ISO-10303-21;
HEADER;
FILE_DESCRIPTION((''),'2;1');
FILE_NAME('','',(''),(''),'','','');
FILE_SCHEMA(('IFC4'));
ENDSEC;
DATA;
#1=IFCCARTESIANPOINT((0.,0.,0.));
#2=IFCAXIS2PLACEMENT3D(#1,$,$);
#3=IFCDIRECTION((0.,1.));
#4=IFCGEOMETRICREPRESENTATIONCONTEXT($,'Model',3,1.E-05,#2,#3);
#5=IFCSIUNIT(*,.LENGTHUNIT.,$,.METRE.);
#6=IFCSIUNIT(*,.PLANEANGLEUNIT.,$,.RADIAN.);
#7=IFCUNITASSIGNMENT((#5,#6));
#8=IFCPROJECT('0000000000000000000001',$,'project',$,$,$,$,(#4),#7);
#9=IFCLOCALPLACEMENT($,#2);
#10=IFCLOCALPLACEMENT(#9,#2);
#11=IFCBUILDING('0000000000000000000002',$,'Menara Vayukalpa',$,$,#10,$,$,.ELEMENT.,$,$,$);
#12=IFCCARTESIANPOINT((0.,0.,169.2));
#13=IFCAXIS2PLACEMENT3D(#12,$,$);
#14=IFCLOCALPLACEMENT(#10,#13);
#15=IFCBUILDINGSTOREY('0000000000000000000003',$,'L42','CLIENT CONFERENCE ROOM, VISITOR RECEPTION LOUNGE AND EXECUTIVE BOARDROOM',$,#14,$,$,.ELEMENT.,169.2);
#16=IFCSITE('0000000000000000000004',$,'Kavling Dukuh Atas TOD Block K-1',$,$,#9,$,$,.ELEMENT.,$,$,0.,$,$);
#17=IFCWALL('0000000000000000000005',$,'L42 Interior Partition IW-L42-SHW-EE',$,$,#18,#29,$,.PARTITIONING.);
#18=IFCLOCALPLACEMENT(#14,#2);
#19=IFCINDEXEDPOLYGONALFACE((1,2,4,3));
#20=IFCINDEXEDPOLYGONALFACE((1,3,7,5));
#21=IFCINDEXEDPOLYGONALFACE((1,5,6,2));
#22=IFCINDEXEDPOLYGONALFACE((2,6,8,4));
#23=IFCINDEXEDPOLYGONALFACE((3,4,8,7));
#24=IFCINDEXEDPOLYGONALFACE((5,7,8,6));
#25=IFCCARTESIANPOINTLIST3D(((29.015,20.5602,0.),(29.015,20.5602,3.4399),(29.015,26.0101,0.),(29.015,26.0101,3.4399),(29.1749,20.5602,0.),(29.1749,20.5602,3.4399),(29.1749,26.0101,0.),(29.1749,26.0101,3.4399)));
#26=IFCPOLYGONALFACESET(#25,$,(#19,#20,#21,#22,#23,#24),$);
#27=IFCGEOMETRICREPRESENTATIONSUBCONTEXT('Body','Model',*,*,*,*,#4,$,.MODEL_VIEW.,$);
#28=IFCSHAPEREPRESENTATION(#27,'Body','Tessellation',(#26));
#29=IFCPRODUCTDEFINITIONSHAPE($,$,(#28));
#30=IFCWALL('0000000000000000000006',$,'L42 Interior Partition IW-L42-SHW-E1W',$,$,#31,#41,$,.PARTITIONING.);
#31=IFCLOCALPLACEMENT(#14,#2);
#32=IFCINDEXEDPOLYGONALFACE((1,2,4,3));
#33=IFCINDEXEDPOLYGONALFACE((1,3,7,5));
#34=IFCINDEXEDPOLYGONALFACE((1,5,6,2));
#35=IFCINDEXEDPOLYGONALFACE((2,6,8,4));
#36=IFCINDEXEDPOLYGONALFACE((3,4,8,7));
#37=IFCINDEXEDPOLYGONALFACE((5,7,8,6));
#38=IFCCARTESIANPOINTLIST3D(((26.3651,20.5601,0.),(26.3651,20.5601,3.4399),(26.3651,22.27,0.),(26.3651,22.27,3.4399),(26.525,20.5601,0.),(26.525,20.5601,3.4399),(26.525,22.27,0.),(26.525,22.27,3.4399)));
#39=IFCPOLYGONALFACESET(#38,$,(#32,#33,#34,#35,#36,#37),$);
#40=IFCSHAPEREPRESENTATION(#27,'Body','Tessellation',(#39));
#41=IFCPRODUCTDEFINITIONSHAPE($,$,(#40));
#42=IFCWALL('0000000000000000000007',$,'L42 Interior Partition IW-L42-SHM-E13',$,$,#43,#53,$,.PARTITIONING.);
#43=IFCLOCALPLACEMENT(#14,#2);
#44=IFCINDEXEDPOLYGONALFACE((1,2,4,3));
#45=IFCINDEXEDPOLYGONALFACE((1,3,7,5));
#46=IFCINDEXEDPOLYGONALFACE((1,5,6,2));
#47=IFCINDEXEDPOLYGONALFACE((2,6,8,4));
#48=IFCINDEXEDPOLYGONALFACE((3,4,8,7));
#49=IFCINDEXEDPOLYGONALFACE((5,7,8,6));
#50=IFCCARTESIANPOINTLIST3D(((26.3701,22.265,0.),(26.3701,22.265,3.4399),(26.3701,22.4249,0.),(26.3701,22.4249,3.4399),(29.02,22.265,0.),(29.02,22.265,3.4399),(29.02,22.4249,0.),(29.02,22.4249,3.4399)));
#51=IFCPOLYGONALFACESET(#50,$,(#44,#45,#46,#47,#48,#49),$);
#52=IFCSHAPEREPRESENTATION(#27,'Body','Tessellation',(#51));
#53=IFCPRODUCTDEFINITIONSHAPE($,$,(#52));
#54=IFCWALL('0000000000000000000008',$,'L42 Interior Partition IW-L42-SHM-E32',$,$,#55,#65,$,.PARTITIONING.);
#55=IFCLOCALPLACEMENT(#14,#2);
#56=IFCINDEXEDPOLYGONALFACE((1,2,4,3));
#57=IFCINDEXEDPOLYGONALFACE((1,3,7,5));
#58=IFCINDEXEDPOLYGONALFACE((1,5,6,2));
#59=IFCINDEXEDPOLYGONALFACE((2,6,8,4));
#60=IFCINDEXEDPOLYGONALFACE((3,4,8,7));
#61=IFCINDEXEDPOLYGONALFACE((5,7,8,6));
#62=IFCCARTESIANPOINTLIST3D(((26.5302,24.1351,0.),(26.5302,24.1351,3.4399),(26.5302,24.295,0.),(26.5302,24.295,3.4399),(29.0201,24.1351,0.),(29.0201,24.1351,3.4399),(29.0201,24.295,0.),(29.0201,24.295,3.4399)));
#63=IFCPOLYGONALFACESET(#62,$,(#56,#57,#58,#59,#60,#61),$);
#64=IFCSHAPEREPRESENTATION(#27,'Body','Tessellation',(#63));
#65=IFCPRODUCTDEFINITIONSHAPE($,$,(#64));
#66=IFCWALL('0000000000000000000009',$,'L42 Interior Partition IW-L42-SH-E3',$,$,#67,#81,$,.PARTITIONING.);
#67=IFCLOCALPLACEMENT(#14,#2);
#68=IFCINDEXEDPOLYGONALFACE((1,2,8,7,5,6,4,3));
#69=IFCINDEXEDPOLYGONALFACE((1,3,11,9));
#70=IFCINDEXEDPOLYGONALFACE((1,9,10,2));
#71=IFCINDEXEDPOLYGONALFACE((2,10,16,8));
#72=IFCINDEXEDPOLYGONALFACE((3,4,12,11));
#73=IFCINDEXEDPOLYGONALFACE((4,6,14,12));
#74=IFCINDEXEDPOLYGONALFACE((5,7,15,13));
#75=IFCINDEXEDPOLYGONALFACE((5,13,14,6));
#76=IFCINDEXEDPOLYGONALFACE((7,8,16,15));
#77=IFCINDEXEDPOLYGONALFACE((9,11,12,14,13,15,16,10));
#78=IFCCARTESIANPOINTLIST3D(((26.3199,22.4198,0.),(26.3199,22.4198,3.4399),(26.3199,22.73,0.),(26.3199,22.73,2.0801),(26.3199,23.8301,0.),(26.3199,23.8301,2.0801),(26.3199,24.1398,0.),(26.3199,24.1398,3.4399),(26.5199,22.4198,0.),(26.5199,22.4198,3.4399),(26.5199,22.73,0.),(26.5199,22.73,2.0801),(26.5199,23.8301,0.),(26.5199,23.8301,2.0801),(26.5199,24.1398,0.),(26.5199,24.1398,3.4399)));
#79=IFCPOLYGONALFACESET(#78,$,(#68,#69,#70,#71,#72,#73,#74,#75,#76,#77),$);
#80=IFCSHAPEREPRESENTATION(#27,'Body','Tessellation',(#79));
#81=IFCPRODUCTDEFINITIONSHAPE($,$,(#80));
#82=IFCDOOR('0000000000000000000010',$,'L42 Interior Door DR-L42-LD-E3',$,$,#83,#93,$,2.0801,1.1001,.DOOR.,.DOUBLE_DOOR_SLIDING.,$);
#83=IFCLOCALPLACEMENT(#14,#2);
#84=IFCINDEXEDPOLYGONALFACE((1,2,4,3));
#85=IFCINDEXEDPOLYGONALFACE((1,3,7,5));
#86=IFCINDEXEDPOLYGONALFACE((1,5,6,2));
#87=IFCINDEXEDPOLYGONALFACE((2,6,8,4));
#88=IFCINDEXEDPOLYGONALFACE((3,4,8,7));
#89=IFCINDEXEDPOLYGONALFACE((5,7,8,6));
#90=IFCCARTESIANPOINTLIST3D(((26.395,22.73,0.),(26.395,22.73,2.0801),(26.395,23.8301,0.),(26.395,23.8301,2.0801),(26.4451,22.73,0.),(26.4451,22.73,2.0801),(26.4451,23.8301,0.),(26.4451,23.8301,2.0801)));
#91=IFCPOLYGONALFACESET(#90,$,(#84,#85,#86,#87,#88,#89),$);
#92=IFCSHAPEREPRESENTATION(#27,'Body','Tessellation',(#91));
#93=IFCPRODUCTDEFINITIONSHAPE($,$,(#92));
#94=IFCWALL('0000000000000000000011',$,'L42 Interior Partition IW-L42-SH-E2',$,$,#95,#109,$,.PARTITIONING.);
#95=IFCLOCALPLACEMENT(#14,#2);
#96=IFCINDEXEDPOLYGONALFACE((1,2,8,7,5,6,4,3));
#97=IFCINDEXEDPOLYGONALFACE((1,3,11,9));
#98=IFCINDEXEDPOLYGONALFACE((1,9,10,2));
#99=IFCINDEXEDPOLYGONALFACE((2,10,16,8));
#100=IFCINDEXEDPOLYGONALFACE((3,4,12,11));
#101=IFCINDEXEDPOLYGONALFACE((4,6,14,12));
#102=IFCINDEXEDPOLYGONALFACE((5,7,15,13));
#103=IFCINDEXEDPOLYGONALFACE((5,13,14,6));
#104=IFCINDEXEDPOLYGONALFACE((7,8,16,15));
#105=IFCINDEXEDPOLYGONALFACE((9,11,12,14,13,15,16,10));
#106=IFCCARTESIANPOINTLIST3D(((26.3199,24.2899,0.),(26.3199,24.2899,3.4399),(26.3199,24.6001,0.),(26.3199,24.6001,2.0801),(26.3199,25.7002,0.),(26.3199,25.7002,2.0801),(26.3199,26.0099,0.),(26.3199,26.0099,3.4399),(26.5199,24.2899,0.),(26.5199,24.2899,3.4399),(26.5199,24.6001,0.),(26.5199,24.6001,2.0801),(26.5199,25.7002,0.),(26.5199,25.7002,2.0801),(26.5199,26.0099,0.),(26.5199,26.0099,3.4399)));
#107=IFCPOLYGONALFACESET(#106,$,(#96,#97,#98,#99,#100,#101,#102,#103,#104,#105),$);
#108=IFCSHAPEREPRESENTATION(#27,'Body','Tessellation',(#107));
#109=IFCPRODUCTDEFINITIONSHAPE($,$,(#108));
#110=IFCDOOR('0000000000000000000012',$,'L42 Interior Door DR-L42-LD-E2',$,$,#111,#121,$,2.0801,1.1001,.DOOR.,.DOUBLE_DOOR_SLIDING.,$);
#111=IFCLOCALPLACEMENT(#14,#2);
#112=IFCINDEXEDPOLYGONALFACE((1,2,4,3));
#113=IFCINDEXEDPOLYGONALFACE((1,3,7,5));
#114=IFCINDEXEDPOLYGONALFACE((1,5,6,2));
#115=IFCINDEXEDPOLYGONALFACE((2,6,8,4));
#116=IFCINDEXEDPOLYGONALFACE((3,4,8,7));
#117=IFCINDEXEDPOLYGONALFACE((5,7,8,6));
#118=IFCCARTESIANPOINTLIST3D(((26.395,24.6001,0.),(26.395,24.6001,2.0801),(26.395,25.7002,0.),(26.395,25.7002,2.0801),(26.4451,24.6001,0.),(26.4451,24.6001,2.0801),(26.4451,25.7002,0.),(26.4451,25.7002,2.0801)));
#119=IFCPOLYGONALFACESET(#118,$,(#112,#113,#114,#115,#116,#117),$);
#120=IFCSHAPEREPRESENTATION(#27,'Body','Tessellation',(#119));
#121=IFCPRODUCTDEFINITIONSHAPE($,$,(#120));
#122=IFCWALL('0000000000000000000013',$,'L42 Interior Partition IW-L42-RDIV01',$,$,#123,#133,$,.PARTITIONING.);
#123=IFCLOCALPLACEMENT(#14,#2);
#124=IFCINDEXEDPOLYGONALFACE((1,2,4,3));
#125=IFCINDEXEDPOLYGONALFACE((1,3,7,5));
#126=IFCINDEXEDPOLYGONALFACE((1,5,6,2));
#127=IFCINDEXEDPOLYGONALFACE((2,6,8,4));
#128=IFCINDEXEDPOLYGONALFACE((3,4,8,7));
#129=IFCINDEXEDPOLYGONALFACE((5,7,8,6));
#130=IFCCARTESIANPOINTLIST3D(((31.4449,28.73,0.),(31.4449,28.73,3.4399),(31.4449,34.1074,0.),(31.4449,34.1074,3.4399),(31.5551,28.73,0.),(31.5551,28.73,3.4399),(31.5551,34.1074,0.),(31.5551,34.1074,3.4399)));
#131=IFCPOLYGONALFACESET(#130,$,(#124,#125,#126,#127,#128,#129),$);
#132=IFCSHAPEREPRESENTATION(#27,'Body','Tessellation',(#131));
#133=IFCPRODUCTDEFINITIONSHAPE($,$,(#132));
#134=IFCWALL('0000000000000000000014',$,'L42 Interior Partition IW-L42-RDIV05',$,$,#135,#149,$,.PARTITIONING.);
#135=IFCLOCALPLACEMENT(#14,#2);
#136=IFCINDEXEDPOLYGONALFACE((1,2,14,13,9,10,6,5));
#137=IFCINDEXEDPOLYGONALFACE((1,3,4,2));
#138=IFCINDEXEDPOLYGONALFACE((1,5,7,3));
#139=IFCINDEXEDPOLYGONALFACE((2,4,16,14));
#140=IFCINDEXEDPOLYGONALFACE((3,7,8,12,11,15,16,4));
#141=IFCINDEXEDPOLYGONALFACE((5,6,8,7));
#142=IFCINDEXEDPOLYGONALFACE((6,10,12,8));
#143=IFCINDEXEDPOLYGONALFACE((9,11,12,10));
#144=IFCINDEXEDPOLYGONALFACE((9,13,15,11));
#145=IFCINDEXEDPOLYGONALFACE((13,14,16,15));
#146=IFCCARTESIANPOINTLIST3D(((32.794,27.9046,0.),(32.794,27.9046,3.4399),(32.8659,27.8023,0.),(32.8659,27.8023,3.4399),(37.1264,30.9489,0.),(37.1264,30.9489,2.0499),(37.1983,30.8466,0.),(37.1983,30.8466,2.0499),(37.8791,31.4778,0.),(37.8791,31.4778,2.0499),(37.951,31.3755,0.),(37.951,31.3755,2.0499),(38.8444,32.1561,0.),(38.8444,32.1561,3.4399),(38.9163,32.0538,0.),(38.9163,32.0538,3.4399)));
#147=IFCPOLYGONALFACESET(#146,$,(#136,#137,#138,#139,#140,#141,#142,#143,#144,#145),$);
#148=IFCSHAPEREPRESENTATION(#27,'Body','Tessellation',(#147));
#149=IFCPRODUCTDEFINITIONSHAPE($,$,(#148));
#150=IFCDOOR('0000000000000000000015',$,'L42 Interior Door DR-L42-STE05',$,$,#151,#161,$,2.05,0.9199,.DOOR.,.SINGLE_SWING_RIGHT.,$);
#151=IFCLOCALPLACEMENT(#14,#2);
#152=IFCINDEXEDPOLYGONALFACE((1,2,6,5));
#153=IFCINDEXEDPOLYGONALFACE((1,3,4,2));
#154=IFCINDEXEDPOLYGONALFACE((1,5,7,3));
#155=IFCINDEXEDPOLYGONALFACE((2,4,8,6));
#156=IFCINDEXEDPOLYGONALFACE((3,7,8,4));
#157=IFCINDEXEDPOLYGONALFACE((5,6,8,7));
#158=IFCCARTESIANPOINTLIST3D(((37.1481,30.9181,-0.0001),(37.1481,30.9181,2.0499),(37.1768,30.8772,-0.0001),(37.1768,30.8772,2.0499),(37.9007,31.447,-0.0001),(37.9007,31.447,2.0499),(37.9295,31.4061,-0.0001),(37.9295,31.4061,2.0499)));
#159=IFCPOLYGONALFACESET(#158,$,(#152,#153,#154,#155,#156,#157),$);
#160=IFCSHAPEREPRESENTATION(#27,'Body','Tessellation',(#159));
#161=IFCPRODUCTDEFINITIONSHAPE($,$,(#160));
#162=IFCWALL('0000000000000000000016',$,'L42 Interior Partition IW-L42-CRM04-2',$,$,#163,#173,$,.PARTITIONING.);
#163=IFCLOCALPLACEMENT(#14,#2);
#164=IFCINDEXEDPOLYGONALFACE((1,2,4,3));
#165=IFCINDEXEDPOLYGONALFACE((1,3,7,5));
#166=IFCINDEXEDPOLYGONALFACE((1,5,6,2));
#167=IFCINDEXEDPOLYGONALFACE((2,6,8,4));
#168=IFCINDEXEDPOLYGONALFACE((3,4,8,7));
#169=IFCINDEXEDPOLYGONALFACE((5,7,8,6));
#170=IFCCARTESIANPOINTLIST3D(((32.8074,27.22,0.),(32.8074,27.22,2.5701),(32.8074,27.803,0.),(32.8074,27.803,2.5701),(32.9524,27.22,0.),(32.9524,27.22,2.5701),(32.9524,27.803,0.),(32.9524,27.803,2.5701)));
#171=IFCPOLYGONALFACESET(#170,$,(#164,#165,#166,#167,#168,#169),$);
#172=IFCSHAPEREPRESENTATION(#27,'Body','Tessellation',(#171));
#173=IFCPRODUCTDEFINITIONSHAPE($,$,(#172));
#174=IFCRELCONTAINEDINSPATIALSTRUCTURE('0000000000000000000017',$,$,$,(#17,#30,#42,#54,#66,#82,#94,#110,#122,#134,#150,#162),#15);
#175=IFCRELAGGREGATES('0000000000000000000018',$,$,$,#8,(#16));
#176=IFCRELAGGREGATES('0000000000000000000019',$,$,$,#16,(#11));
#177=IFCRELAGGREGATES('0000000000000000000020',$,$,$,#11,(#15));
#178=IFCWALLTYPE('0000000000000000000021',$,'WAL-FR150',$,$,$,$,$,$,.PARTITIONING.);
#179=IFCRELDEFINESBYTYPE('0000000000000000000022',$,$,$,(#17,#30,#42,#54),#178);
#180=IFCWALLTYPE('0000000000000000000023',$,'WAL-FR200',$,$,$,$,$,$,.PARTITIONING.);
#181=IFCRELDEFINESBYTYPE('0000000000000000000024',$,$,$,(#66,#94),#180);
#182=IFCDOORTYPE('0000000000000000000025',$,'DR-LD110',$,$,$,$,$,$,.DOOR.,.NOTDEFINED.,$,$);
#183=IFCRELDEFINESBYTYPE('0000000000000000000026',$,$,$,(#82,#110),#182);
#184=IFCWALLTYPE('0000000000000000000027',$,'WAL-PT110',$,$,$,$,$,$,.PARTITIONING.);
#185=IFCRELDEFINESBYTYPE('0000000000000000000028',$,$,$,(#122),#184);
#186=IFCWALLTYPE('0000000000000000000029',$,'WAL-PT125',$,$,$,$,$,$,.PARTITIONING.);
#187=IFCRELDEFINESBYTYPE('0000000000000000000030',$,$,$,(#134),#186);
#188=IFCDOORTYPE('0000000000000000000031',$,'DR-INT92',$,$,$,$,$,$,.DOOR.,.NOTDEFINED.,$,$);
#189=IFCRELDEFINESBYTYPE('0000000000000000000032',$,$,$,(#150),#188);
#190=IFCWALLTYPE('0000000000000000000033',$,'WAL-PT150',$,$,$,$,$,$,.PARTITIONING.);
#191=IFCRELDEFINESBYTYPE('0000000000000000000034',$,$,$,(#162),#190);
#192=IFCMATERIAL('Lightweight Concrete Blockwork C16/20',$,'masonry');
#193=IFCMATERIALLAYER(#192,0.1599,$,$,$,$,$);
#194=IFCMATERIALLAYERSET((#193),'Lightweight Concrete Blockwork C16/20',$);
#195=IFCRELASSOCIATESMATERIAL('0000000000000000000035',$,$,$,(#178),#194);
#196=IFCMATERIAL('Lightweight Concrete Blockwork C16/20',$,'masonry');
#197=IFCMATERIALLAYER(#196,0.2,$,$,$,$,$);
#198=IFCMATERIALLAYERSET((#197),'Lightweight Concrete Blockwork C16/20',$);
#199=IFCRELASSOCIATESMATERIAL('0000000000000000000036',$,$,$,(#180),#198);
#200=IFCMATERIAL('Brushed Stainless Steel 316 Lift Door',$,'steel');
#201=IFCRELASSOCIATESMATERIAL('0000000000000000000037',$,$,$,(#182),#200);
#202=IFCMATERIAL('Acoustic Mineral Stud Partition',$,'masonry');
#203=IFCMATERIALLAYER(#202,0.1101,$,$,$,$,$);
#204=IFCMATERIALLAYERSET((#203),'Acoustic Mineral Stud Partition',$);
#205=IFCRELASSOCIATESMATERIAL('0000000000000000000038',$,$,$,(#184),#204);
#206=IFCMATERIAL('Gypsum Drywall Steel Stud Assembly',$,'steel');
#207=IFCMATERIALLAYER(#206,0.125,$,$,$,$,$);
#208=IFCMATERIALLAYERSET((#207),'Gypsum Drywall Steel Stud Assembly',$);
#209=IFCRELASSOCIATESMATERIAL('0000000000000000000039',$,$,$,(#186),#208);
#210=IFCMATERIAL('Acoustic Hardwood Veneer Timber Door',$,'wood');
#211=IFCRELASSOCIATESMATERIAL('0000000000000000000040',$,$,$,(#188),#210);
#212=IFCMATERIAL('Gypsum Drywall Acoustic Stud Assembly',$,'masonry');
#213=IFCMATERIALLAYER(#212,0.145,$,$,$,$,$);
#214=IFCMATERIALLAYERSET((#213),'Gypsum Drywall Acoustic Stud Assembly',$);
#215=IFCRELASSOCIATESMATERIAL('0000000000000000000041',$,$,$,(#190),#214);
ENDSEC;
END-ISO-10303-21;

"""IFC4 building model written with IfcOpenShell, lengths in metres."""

from ifc_helpers import new_model, si_unit, direction, frame, frame_2d, origin, place, context, subcontext, project, spatial, rectangle, extrude, material, layer, layer_set, type_object, element, fill, save


model = new_model("IFC4")

# Units and contexts
model_context = context("Model", 3, precision=1e-05, world=origin(), true_north=direction((0.0, 1.0)))
body_context = subcontext(model_context, "Body", "Model", "MODEL_VIEW")
ifc_project = project(units=[si_unit("LENGTHUNIT", "METRE"), si_unit("PLANEANGLEUNIT", "RADIAN")], contexts=[model_context])

# Site, building, storey
site_placement = place(None, origin())
site = spatial("IfcSite", under=ifc_project, at=site_placement, Name="Kavling Dukuh Atas TOD Block K-1", CompositionType="ELEMENT", RefElevation=0.0)
building_placement = place(site_placement, origin())
building = spatial("IfcBuilding", under=site, at=building_placement, Name="Menara Vayukalpa", CompositionType="ELEMENT")
storey_placement = place(building_placement, frame((0.0, 0.0, 169.2)))
storey = spatial("IfcBuildingStorey", under=building, at=storey_placement, Name="L42", Description="CLIENT CONFERENCE ROOM, VISITOR RECEPTION LOUNGE AND EXECUTIVE BOARDROOM", CompositionType="ELEMENT", Elevation=169.2)

# Walls
ifc_material_1 = material(Name="Lightweight Concrete Blockwork C16/20", Category="masonry")
ifc_layer_1 = layer(ifc_material_1, 0.1599)
ifc_layer_set_1 = layer_set([ifc_layer_1], Name="Lightweight Concrete Blockwork C16/20")
wall_type_1 = type_object("IfcWallType", Name="WAL-FR150", PredefinedType="PARTITIONING", material=ifc_layer_set_1)
wall_1_placement = place(storey_placement, frame((29.095, 20.5601, 0.0), z_axis=(0.0, 0.0, 1.0), x_axis=(0.0, 1.0, 0.0)))
element("IfcWall", 1, at=wall_1_placement, inside=storey, type_object=wall_type_1, Name="L42 Interior Partition IW-L42-SHW-EE", PredefinedType="PARTITIONING", context=body_context, shape_type="SweptSolid", body=[
    extrude(rectangle(XDim=5.45, YDim=0.1599, at=frame_2d((2.7251, 0.0))), origin(), (0.0, 0.0, 1.0), 3.4399),
])
wall_2_placement = place(storey_placement, frame((26.4451, 20.5601, 0.0), z_axis=(0.0, 0.0, 1.0), x_axis=(0.0, 1.0, 0.0)))
element("IfcWall", 2, at=wall_2_placement, inside=storey, type_object=wall_type_1, Name="L42 Interior Partition IW-L42-SHW-E1W", PredefinedType="PARTITIONING", context=body_context, shape_type="SweptSolid", body=[
    extrude(rectangle(XDim=1.71, YDim=0.1599, at=frame_2d((0.855, 0.0))), origin(), (0.0, 0.0, 1.0), 3.4399),
])
wall_3_placement = place(storey_placement, frame((26.3701, 22.345, 0.0), z_axis=(0.0, 0.0, 1.0), x_axis=(1.0, 0.0, 0.0)))
element("IfcWall", 3, at=wall_3_placement, inside=storey, type_object=wall_type_1, Name="L42 Interior Partition IW-L42-SHM-E13", PredefinedType="PARTITIONING", context=body_context, shape_type="SweptSolid", body=[
    extrude(rectangle(XDim=2.6499, YDim=0.1599, at=frame_2d((1.325, 0.0))), origin(), (0.0, 0.0, 1.0), 3.4399),
])
wall_4_placement = place(storey_placement, frame((26.53, 24.2151, 0.0), z_axis=(0.0, 0.0, 1.0), x_axis=(1.0, 0.0, 0.0)))
element("IfcWall", 4, at=wall_4_placement, inside=storey, type_object=wall_type_1, Name="L42 Interior Partition IW-L42-SHM-E32", PredefinedType="PARTITIONING", context=body_context, shape_type="SweptSolid", body=[
    extrude(rectangle(XDim=2.49, YDim=0.1599, at=frame_2d((1.2451, 0.0))), origin(), (0.0, 0.0, 1.0), 3.4399),
])

# Walls, openings, doors
ifc_material_2 = material(Name="Lightweight Concrete Blockwork C16/20", Category="masonry")
ifc_layer_2 = layer(ifc_material_2, 0.2)
ifc_layer_set_2 = layer_set([ifc_layer_2], Name="Lightweight Concrete Blockwork C16/20")
wall_type_2 = type_object("IfcWallType", Name="WAL-FR200", PredefinedType="PARTITIONING", material=ifc_layer_set_2)
wall_5_placement = place(storey_placement, frame((26.4199, 22.4199, 0.0), z_axis=(0.0, 0.0, 1.0), x_axis=(0.0, 1.0, 0.0)))
wall_5 = element("IfcWall", 5, at=wall_5_placement, inside=storey, type_object=wall_type_2, Name="L42 Interior Partition IW-L42-SH-E3", PredefinedType="PARTITIONING", context=body_context, shape_type="SweptSolid", body=[
    extrude(rectangle(XDim=1.72, YDim=0.2, at=frame_2d((0.8599, 0.0))), origin(), (0.0, 0.0, 1.0), 3.4399),
])
opening_1_placement = place(wall_5_placement, frame((0.3101, 0.0, 0.0)))
opening_1 = element("IfcOpeningElement", 6, at=opening_1_placement, cuts=wall_5, PredefinedType="OPENING", context=body_context, shape_type="SweptSolid", body=[
    extrude(rectangle(XDim=1.1001, YDim=2.0801, at=frame_2d((0.55, 1.04))), frame((0.0, 0.1099, 0.0), z_axis=(0.0, -1.0, 0.0), x_axis=(1.0, 0.0, 0.0)), (0.0, 0.0, 1.0), 0.22),
])
ifc_material_3 = material(Name="Brushed Stainless Steel 316 Lift Door", Category="steel")
door_type_1 = type_object("IfcDoorType", Name="DR-LD110", OperationType="NOTDEFINED", PredefinedType="DOOR", material=ifc_material_3)
door_1_placement = place(opening_1_placement, origin())
door_1 = element("IfcDoor", 7, at=door_1_placement, inside=storey, type_object=door_type_1, Name="L42 Interior Door DR-L42-LD-E3", OperationType="DOUBLE_DOOR_SLIDING", OverallHeight=2.0801, OverallWidth=1.1001, PredefinedType="DOOR", context=body_context, shape_type="SweptSolid", body=[
    extrude(rectangle(XDim=1.1001, YDim=2.0801, at=frame_2d((0.55, 1.04))), frame((0.0, 0.0249, 0.0), z_axis=(0.0, -1.0, 0.0), x_axis=(1.0, 0.0, 0.0)), (0.0, 0.0, 1.0), 0.05),
])
fill(opening_1, door_1)
wall_6_placement = place(storey_placement, frame((26.4199, 24.29, 0.0), z_axis=(0.0, 0.0, 1.0), x_axis=(0.0, 1.0, 0.0)))
wall_6 = element("IfcWall", 8, at=wall_6_placement, inside=storey, type_object=wall_type_2, Name="L42 Interior Partition IW-L42-SH-E2", PredefinedType="PARTITIONING", context=body_context, shape_type="SweptSolid", body=[
    extrude(rectangle(XDim=1.72, YDim=0.2, at=frame_2d((0.8599, 0.0))), origin(), (0.0, 0.0, 1.0), 3.4399),
])
opening_2_placement = place(wall_6_placement, frame((0.3101, 0.0, 0.0)))
opening_2 = element("IfcOpeningElement", 9, at=opening_2_placement, cuts=wall_6, PredefinedType="OPENING", context=body_context, shape_type="SweptSolid", body=[
    extrude(rectangle(XDim=1.1001, YDim=2.0801, at=frame_2d((0.55, 1.04))), frame((0.0, 0.1099, 0.0), z_axis=(0.0, -1.0, 0.0), x_axis=(1.0, 0.0, 0.0)), (0.0, 0.0, 1.0), 0.22),
])
door_2_placement = place(opening_2_placement, origin())
door_2 = element("IfcDoor", 10, at=door_2_placement, inside=storey, type_object=door_type_1, Name="L42 Interior Door DR-L42-LD-E2", OperationType="DOUBLE_DOOR_SLIDING", OverallHeight=2.0801, OverallWidth=1.1001, PredefinedType="DOOR", context=body_context, shape_type="SweptSolid", body=[
    extrude(rectangle(XDim=1.1001, YDim=2.0801, at=frame_2d((0.55, 1.04))), frame((0.0, 0.0249, 0.0), z_axis=(0.0, -1.0, 0.0), x_axis=(1.0, 0.0, 0.0)), (0.0, 0.0, 1.0), 0.05),
])
fill(opening_2, door_2)

# Wall
ifc_material_4 = material(Name="Acoustic Mineral Stud Partition", Category="masonry")
ifc_layer_3 = layer(ifc_material_4, 0.1101)
ifc_layer_set_3 = layer_set([ifc_layer_3], Name="Acoustic Mineral Stud Partition")
wall_type_3 = type_object("IfcWallType", Name="WAL-PT110", PredefinedType="PARTITIONING", material=ifc_layer_set_3)
wall_7_placement = place(storey_placement, frame((31.5, 28.73, 0.0), z_axis=(0.0, 0.0, 1.0), x_axis=(0.0, 1.0, 0.0)))
element("IfcWall", 11, at=wall_7_placement, inside=storey, type_object=wall_type_3, Name="L42 Interior Partition IW-L42-RDIV01", PredefinedType="PARTITIONING", context=body_context, shape_type="SweptSolid", body=[
    extrude(rectangle(XDim=5.3774, YDim=0.1101, at=frame_2d((2.6887, 0.0))), origin(), (0.0, 0.0, 1.0), 3.4399),
])

# Wall, opening, door
ifc_material_5 = material(Name="Gypsum Drywall Steel Stud Assembly", Category="steel")
ifc_layer_4 = layer(ifc_material_5, 0.125)
ifc_layer_set_4 = layer_set([ifc_layer_4], Name="Gypsum Drywall Steel Stud Assembly")
wall_type_4 = type_object("IfcWallType", Name="WAL-PT125", PredefinedType="PARTITIONING", material=ifc_layer_set_4)
wall_8_placement = place(storey_placement, frame((32.8301, 27.8535, 0.0), z_axis=(0.0, 0.0, 1.0), x_axis=(0.818198, 0.574937, 0.0)))
wall_8 = element("IfcWall", 12, at=wall_8_placement, inside=storey, type_object=wall_type_4, Name="L42 Interior Partition IW-L42-RDIV05", PredefinedType="PARTITIONING", context=body_context, shape_type="SweptSolid", body=[
    extrude(rectangle(XDim=7.3948, YDim=0.125, at=frame_2d((3.6973, 0.0))), origin(), (0.0, 0.0, 1.0), 3.4399),
])
opening_3_placement = place(wall_8_placement, frame((5.2949, 0.0, 0.0)))
opening_3 = element("IfcOpeningElement", 13, at=opening_3_placement, cuts=wall_8, PredefinedType="OPENING", context=body_context, shape_type="SweptSolid", body=[
    extrude(rectangle(XDim=0.9199, YDim=2.05, at=frame_2d((0.46, 1.0249))), frame((0.0, 0.0725, 0.0), z_axis=(0.0, -1.0, 0.0), x_axis=(1.0, 0.0, 0.0)), (0.0, 0.0, 1.0), 0.145),
])
ifc_material_6 = material(Name="Acoustic Hardwood Veneer Timber Door", Category="wood")
door_type_2 = type_object("IfcDoorType", Name="DR-INT92", OperationType="NOTDEFINED", PredefinedType="DOOR", material=ifc_material_6)
door_3_placement = place(opening_3_placement, origin())
door_3 = element("IfcDoor", 14, at=door_3_placement, inside=storey, type_object=door_type_2, Name="L42 Interior Door DR-L42-STE05", OperationType="SINGLE_SWING_RIGHT", OverallHeight=2.05, OverallWidth=0.9199, PredefinedType="DOOR", context=body_context, shape_type="SweptSolid", body=[
    extrude(rectangle(XDim=0.9199, YDim=2.05, at=frame_2d((0.46, 1.0249))), frame((0.0, 0.0249, 0.0), z_axis=(0.0, -1.0, 0.0), x_axis=(1.0, 0.0, 0.0)), (0.0, 0.0, 1.0), 0.05),
])
fill(opening_3, door_3)

# Wall
ifc_material_7 = material(Name="Gypsum Drywall Acoustic Stud Assembly", Category="masonry")
ifc_layer_5 = layer(ifc_material_7, 0.145)
ifc_layer_set_5 = layer_set([ifc_layer_5], Name="Gypsum Drywall Acoustic Stud Assembly")
wall_type_5 = type_object("IfcWallType", Name="WAL-PT150", PredefinedType="PARTITIONING", material=ifc_layer_set_5)
wall_9_placement = place(storey_placement, frame((32.8799, 27.22, 0.0), z_axis=(0.0, 0.0, 1.0), x_axis=(0.0, 1.0, 0.0)))
element("IfcWall", 15, at=wall_9_placement, inside=storey, type_object=wall_type_5, Name="L42 Interior Partition IW-L42-CRM04-2", PredefinedType="PARTITIONING", context=body_context, shape_type="SweptSolid", body=[
    extrude(rectangle(XDim=0.583, YDim=0.145, at=frame_2d((0.2915, 0.0))), origin(), (0.0, 0.0, 1.0), 2.5701),
])

save(model, "model.ifc")
